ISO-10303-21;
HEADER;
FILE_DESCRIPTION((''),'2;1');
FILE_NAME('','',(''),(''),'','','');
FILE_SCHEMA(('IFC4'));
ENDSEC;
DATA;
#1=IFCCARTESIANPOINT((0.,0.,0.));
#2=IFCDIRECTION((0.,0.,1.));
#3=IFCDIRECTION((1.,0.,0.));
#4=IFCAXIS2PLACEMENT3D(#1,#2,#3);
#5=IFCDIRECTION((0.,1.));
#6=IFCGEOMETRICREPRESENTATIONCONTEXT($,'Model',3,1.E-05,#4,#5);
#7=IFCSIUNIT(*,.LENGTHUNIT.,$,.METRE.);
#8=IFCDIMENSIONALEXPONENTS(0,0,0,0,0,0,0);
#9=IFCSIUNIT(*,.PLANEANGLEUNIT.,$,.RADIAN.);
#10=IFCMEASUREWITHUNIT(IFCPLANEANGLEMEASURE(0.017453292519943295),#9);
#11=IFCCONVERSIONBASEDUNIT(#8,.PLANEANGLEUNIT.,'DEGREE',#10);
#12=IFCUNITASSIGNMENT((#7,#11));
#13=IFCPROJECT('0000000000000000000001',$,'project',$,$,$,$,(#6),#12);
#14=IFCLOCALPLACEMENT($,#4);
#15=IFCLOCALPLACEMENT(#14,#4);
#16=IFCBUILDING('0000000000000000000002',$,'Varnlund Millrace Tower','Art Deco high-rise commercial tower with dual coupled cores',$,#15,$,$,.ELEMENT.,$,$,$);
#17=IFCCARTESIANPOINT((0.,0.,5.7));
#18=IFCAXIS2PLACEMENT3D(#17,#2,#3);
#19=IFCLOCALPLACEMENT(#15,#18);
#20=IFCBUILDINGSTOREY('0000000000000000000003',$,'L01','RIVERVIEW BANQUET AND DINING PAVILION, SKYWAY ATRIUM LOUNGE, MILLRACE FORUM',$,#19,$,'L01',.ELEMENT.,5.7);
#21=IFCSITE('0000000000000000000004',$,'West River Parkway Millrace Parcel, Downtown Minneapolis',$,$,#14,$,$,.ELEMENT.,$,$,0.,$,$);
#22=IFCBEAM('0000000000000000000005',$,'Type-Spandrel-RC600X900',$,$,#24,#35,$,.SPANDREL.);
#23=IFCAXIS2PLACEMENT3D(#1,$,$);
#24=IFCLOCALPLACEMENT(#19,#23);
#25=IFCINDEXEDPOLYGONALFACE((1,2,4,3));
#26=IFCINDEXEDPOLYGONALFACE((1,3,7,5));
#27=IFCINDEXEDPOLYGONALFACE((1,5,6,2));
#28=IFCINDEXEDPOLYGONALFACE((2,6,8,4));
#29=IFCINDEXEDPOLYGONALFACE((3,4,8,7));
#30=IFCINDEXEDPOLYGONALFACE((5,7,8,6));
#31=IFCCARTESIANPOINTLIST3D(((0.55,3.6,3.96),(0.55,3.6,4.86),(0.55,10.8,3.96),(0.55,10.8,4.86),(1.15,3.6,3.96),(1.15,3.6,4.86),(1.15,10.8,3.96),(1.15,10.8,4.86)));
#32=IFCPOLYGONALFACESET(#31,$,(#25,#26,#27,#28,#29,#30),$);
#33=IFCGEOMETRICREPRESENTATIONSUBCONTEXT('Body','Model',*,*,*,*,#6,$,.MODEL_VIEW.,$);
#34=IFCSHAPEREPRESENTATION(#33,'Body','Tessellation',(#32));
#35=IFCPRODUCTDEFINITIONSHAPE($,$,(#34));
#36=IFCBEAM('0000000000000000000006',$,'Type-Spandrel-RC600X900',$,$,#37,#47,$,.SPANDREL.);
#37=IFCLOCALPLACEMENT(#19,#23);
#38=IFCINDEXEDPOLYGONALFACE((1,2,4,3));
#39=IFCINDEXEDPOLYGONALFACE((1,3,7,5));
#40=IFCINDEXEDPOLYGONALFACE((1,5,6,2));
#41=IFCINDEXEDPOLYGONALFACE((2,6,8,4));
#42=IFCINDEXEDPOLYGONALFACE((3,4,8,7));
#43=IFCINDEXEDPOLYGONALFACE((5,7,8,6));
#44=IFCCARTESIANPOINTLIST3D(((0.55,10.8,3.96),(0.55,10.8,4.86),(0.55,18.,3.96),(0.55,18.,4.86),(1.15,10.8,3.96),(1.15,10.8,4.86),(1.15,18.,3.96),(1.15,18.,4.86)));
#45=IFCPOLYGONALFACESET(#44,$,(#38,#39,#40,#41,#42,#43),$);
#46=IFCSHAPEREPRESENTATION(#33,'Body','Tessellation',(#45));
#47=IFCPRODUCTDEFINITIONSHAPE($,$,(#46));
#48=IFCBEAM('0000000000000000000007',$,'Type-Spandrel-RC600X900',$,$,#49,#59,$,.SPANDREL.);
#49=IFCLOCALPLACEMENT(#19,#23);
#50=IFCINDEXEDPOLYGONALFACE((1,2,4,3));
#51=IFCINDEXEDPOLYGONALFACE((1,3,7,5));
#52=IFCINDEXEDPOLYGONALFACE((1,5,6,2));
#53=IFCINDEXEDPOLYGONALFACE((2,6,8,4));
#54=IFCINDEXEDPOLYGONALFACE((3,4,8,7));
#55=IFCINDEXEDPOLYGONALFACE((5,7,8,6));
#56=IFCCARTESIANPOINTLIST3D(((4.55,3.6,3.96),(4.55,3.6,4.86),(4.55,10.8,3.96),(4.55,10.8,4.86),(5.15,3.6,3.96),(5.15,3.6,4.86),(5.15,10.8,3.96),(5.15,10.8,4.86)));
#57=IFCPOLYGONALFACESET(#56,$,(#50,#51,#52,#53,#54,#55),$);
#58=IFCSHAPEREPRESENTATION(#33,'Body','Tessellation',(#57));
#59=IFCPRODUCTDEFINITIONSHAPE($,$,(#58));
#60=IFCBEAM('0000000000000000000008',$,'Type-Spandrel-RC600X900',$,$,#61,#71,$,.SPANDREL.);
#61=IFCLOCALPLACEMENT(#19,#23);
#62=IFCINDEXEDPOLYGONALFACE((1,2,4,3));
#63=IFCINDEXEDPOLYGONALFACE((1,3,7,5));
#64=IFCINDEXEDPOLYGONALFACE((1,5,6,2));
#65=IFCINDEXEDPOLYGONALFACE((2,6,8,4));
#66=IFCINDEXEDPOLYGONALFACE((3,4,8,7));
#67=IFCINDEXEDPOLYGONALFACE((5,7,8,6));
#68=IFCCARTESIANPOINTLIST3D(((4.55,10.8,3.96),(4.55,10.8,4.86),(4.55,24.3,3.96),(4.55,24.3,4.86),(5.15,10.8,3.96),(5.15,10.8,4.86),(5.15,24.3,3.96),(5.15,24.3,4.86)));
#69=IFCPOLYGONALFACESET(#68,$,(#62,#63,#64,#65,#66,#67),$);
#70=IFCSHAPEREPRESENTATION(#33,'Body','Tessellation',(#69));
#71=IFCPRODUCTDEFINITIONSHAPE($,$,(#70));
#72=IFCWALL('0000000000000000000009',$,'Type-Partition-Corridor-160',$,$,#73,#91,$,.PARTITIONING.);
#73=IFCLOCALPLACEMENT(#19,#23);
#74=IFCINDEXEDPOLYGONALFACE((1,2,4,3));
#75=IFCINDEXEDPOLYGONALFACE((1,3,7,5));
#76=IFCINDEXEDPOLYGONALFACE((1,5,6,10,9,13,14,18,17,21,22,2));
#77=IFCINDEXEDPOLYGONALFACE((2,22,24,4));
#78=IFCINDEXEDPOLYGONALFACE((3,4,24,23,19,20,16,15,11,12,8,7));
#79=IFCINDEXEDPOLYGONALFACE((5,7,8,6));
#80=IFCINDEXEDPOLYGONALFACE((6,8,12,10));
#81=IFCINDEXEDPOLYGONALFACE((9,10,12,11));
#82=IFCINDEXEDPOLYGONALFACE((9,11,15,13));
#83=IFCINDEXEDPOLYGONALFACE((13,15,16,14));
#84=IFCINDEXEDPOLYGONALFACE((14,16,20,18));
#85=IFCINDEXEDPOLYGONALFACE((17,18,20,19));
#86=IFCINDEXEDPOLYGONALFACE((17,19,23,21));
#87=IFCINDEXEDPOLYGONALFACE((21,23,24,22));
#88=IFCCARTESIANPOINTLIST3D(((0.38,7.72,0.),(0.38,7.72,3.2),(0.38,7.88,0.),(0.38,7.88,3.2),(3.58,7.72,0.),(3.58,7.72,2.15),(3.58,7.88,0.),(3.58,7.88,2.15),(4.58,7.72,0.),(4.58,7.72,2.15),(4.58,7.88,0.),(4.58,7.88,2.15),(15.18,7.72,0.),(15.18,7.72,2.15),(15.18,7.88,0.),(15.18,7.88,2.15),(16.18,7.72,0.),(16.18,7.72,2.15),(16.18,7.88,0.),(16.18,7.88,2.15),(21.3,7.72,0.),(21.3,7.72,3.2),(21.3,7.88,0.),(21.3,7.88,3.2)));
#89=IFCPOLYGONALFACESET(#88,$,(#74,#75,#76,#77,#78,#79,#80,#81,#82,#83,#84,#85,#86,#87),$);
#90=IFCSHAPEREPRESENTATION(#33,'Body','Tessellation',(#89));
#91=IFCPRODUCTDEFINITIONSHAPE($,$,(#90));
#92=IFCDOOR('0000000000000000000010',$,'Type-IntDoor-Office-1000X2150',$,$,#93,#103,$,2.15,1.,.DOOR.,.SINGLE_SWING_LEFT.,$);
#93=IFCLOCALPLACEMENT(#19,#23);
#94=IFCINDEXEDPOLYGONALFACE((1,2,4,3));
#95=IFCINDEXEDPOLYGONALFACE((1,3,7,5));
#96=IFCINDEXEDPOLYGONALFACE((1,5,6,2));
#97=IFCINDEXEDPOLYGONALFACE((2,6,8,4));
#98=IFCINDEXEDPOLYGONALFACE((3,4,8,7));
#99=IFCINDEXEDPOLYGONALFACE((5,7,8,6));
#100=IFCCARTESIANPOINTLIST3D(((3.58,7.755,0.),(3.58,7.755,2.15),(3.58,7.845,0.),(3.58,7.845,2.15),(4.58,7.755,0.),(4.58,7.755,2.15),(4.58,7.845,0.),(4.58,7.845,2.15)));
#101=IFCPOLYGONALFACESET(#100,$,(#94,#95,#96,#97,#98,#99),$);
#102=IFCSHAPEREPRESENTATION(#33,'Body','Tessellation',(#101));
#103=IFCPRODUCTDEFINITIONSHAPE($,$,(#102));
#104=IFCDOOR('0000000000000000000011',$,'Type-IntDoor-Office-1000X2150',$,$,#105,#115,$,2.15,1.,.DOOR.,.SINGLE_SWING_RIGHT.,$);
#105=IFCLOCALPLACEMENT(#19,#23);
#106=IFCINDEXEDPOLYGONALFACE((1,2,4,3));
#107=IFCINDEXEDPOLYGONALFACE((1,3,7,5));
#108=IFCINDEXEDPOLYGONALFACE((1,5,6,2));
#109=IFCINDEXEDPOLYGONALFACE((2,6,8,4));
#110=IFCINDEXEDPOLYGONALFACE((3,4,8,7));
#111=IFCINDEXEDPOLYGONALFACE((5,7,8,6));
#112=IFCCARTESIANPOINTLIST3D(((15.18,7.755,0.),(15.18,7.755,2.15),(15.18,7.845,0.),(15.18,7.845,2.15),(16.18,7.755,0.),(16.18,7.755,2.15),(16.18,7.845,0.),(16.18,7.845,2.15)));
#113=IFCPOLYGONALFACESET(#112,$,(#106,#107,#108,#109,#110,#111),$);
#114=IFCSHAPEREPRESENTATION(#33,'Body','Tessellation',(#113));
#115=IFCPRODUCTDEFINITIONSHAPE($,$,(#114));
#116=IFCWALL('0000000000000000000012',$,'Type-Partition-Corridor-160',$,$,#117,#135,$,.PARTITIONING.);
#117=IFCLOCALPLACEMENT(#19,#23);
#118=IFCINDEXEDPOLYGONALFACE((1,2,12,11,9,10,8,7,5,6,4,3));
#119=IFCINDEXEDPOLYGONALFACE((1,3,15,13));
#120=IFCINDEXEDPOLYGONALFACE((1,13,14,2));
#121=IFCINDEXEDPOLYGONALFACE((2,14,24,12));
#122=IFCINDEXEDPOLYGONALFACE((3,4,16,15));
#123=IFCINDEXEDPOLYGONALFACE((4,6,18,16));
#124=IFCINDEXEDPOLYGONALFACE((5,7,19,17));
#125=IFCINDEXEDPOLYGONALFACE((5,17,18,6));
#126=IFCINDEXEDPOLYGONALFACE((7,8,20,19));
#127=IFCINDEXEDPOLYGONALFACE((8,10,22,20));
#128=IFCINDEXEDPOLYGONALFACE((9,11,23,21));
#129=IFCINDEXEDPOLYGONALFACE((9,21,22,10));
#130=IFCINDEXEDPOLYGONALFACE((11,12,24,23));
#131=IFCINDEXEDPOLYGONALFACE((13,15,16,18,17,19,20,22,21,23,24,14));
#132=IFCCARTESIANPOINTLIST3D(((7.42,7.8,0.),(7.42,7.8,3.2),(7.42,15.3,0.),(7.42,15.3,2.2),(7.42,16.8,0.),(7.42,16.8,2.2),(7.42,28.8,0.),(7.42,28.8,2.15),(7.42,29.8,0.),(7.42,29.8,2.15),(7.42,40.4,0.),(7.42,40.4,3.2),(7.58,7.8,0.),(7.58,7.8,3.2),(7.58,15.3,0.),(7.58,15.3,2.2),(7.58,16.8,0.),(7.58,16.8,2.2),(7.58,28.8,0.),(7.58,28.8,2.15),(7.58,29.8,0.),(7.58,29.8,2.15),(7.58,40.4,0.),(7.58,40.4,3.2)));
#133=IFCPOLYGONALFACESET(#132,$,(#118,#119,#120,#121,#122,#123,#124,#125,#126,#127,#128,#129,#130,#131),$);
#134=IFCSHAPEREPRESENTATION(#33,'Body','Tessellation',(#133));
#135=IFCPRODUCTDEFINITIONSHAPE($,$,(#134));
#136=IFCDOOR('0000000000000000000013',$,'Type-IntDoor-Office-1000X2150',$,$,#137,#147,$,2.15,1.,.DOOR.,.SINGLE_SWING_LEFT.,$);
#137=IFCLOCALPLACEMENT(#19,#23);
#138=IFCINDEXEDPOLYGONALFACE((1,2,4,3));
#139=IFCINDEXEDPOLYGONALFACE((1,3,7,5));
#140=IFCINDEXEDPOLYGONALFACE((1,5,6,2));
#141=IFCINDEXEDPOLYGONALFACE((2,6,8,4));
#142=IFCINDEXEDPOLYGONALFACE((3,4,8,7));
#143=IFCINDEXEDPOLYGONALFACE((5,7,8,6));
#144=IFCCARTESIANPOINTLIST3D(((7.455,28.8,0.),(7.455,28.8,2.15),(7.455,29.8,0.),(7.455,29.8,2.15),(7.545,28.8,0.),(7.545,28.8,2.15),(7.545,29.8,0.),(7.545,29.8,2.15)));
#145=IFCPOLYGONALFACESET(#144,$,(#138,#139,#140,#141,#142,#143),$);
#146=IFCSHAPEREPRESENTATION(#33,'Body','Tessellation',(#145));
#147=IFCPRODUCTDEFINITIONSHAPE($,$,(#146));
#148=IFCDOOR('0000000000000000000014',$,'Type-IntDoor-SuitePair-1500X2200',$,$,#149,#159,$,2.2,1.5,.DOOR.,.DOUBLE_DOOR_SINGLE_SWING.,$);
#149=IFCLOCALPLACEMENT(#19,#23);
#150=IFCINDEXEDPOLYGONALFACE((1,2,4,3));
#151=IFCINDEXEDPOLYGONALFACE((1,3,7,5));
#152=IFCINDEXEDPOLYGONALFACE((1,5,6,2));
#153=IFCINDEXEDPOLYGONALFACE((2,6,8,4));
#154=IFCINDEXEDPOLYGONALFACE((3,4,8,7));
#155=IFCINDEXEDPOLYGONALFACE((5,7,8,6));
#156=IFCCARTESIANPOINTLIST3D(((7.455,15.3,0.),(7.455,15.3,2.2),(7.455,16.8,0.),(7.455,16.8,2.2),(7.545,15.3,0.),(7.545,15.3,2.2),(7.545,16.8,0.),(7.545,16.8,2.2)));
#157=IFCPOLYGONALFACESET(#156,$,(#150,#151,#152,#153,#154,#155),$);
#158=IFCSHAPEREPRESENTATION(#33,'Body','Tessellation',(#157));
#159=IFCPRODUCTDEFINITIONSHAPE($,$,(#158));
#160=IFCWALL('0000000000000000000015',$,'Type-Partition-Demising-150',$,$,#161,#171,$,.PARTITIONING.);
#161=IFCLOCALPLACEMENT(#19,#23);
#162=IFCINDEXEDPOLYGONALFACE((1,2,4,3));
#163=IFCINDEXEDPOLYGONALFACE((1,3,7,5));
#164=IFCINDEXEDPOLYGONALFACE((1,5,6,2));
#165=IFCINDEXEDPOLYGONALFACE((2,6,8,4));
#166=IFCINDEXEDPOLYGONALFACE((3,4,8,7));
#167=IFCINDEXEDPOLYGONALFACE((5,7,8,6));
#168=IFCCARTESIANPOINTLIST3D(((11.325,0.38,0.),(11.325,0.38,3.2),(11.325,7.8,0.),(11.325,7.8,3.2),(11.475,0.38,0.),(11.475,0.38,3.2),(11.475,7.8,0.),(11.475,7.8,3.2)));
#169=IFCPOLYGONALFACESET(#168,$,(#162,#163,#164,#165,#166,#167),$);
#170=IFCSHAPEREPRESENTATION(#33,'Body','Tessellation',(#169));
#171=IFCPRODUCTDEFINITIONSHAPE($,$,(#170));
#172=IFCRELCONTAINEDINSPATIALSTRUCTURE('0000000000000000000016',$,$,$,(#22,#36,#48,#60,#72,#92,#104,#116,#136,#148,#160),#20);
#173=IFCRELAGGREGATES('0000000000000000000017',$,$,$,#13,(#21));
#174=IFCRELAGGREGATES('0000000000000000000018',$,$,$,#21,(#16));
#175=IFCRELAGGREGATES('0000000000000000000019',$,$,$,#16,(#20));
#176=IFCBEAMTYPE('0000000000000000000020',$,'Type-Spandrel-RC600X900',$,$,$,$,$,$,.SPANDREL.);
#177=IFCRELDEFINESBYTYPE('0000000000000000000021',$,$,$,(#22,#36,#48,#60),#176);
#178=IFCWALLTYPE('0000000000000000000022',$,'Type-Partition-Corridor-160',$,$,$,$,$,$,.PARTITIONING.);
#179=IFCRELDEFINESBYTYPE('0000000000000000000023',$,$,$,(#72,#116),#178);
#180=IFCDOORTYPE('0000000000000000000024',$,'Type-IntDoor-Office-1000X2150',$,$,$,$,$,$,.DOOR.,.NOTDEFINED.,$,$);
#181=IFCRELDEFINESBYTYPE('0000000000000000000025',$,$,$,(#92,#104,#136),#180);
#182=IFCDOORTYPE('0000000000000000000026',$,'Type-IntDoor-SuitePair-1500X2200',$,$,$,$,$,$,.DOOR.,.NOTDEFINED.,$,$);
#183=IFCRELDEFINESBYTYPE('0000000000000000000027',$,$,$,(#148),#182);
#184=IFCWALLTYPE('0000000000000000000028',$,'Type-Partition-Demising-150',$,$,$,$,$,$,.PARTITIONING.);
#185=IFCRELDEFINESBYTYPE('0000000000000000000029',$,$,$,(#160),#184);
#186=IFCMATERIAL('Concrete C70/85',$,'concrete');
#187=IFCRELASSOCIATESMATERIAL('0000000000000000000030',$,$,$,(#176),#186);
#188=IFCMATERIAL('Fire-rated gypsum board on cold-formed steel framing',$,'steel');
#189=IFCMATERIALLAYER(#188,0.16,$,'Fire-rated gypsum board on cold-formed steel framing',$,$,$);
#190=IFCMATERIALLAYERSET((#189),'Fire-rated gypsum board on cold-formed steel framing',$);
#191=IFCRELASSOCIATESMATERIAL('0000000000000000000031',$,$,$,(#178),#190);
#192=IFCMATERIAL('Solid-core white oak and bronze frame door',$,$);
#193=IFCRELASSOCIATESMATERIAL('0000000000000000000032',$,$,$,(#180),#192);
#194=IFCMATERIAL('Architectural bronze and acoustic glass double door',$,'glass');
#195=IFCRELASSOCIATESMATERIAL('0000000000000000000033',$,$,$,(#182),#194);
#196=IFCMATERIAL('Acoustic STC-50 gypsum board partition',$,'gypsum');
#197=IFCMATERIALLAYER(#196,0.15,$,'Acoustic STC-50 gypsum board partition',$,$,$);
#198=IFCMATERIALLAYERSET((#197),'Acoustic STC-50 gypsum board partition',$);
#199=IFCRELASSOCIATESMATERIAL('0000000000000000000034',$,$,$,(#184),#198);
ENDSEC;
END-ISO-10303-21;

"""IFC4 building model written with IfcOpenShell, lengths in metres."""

from ifc_helpers import new_model, entity, si_unit, converted_unit, direction, frame, origin_with_axes, origin_2d_with_axis, place, context, subcontext, project, spatial, polyline, rectangle, outline, extrude, material, layer, layer_set, material_profile, profile_set, type_object, element, fill, save


model = new_model("IFC4")

# Units and contexts
model_context = context("Model", 3, precision=1e-05, world=origin_with_axes(), true_north=direction((0.0, 1.0)))
body_context = subcontext(model_context, "Body", "Model", "MODEL_VIEW")
ifc_project = project(units=[si_unit("LENGTHUNIT", "METRE"), converted_unit("PLANEANGLEUNIT", "DEGREE", entity("IfcPlaneAngleMeasure", 0.017453292519943295), si_unit("PLANEANGLEUNIT", "RADIAN"), dimensions=[0, 0, 0, 0, 0, 0, 0])], contexts=[model_context])

# Site, building, storey
site_placement = place(None, origin_with_axes())
site = spatial("IfcSite", under=ifc_project, at=site_placement, Name="West River Parkway Millrace Parcel, Downtown Minneapolis", CompositionType="ELEMENT", RefElevation=0.0)
building_placement = place(site_placement, origin_with_axes())
building = spatial("IfcBuilding", under=site, at=building_placement, Name="Varnlund Millrace Tower", Description="Art Deco high-rise commercial tower with dual coupled cores", CompositionType="ELEMENT")
storey_placement = place(building_placement, frame((0.0, 0.0, 5.7), z_axis=(0.0, 0.0, 1.0), x_axis=(1.0, 0.0, 0.0)))
storey = spatial("IfcBuildingStorey", under=building, at=storey_placement, Name="L01", Description="RIVERVIEW BANQUET AND DINING PAVILION, SKYWAY ATRIUM LOUNGE, MILLRACE FORUM", LongName="L01", CompositionType="ELEMENT", Elevation=5.7)

# Beams
ifc_material_1 = material(Name="Concrete C70/85", Category="concrete")
ifc_material_profile_1 = material_profile(ifc_material_1, rectangle(XDim=0.6, YDim=0.9, at=origin_2d_with_axis()), Name="Concrete C70/85")
ifc_profile_set_1 = profile_set([ifc_material_profile_1], Name="Concrete C70/85")
beam_type_1 = type_object("IfcBeamType", Name="Type-Spandrel-RC600X900", PredefinedType="SPANDREL", material=ifc_profile_set_1)
for number, where, z_axis, x_axis, name in (
    (1, (0.85, 3.6, 4.41), (0.0, 1.0, 0.0), (-1.0, 0.0, 0.0), "Type-Spandrel-RC600X900"),
    (2, (0.85, 10.8, 4.41), (0.0, 1.0, 0.0), (-1.0, 0.0, 0.0), "Type-Spandrel-RC600X900"),
    (3, (4.85, 3.6, 4.41), (0.0, 1.0, 0.0), (-1.0, 0.0, 0.0), "Type-Spandrel-RC600X900"),
):
    element("IfcBeam", number, at=place(storey_placement, frame(where, z_axis=z_axis, x_axis=x_axis)), inside=storey, type_object=beam_type_1, Name=name, PredefinedType="SPANDREL", context=body_context, shape_type="SweptSolid", body=[
        extrude(rectangle(XDim=0.6, YDim=0.9, at=origin_2d_with_axis()), origin_with_axes(), (0.0, 0.0, 1.0), 7.2),
    ])
beam_1_placement = place(storey_placement, frame((4.85, 10.8, 4.41), z_axis=(0.0, 1.0, 0.0), x_axis=(-1.0, 0.0, 0.0)))
element("IfcBeam", 4, at=beam_1_placement, inside=storey, type_object=beam_type_1, Name="Type-Spandrel-RC600X900", PredefinedType="SPANDREL", context=body_context, shape_type="SweptSolid", body=[
    extrude(rectangle(XDim=0.6, YDim=0.9, at=origin_2d_with_axis()), origin_with_axes(), (0.0, 0.0, 1.0), 13.5),
])

# Walls, openings, doors
ifc_material_2 = material(Name="Fire-rated gypsum board on cold-formed steel framing", Category="steel")
ifc_layer_1 = layer(ifc_material_2, 0.16, Name="Fire-rated gypsum board on cold-formed steel framing")
ifc_layer_set_1 = layer_set([ifc_layer_1], Name="Fire-rated gypsum board on cold-formed steel framing")
wall_type_1 = type_object("IfcWallType", Name="Type-Partition-Corridor-160", PredefinedType="PARTITIONING", material=ifc_layer_set_1)
wall_1_placement = place(storey_placement, frame((0.38, 7.8, 0.0), z_axis=(0.0, 0.0, 1.0), x_axis=(1.0, 0.0, 0.0)))
wall_1 = element("IfcWall", 5, at=wall_1_placement, inside=storey, type_object=wall_type_1, Name="Type-Partition-Corridor-160", PredefinedType="PARTITIONING", context=body_context, shape_type="SweptSolid", body=[
    extrude(outline(polyline([(0.0, -0.08), (20.92, -0.08), (20.92, 0.08), (0.0, 0.08), (0.0, -0.08)])), origin_with_axes(), (0.0, 0.0, 1.0), 3.2),
])
opening_1_placement = place(wall_1_placement, frame((3.7, 0.0, 0.0), z_axis=(0.0, 0.0, 1.0), x_axis=(1.0, 0.0, 0.0)))
opening_1 = element("IfcOpeningElement", 6, at=opening_1_placement, cuts=wall_1, PredefinedType="OPENING", context=body_context, shape_type="SweptSolid", body=[
    extrude(rectangle(XDim=1.0, YDim=0.18, at=origin_2d_with_axis()), origin_with_axes(), (0.0, 0.0, 1.0), 2.15),
])
opening_2_placement = place(wall_1_placement, frame((15.3, 0.0, 0.0), z_axis=(0.0, 0.0, 1.0), x_axis=(1.0, 0.0, 0.0)))
opening_2 = element("IfcOpeningElement", 7, at=opening_2_placement, cuts=wall_1, PredefinedType="OPENING", context=body_context, shape_type="SweptSolid", body=[
    extrude(rectangle(XDim=1.0, YDim=0.18, at=origin_2d_with_axis()), origin_with_axes(), (0.0, 0.0, 1.0), 2.15),
])
ifc_material_3 = material(Name="Solid-core white oak and bronze frame door")
door_type_1 = type_object("IfcDoorType", Name="Type-IntDoor-Office-1000X2150", OperationType="NOTDEFINED", PredefinedType="DOOR", material=ifc_material_3)
door_1_placement = place(wall_1_placement, frame((3.7, 0.0, 0.0), z_axis=(0.0, 0.0, 1.0), x_axis=(1.0, 0.0, 0.0)))
door_1 = element("IfcDoor", 8, at=door_1_placement, inside=storey, type_object=door_type_1, Name="Type-IntDoor-Office-1000X2150", OperationType="SINGLE_SWING_LEFT", OverallHeight=2.15, OverallWidth=1.0, PredefinedType="DOOR", context=body_context, shape_type="SweptSolid", body=[
    extrude(rectangle(XDim=1.0, YDim=0.09, at=origin_2d_with_axis()), origin_with_axes(), (0.0, 0.0, 1.0), 2.15),
])
fill(opening_1, door_1)
door_2_placement = place(wall_1_placement, frame((15.3, 0.0, 0.0), z_axis=(0.0, 0.0, 1.0), x_axis=(1.0, 0.0, 0.0)))
door_2 = element("IfcDoor", 9, at=door_2_placement, inside=storey, type_object=door_type_1, Name="Type-IntDoor-Office-1000X2150", OperationType="SINGLE_SWING_RIGHT", OverallHeight=2.15, OverallWidth=1.0, PredefinedType="DOOR", context=body_context, shape_type="SweptSolid", body=[
    extrude(rectangle(XDim=1.0, YDim=0.09, at=origin_2d_with_axis()), origin_with_axes(), (0.0, 0.0, 1.0), 2.15),
])
fill(opening_2, door_2)
wall_2_placement = place(storey_placement, frame((7.5, 7.8, 0.0), z_axis=(0.0, 0.0, 1.0), x_axis=(0.0, 1.0, 0.0)))
wall_2 = element("IfcWall", 10, at=wall_2_placement, inside=storey, type_object=wall_type_1, Name="Type-Partition-Corridor-160", PredefinedType="PARTITIONING", context=body_context, shape_type="SweptSolid", body=[
    extrude(outline(polyline([(0.0, -0.08), (32.6, -0.08), (32.6, 0.08), (0.0, 0.08), (0.0, -0.08)])), origin_with_axes(), (0.0, 0.0, 1.0), 3.2),
])
opening_3_placement = place(wall_2_placement, frame((8.25, 0.0, 0.0), z_axis=(0.0, 0.0, 1.0), x_axis=(1.0, 0.0, 0.0)))
opening_3 = element("IfcOpeningElement", 11, at=opening_3_placement, cuts=wall_2, PredefinedType="OPENING", context=body_context, shape_type="SweptSolid", body=[
    extrude(rectangle(XDim=1.5, YDim=0.18, at=origin_2d_with_axis()), origin_with_axes(), (0.0, 0.0, 1.0), 2.2),
])
opening_4_placement = place(wall_2_placement, frame((21.5, 0.0, 0.0), z_axis=(0.0, 0.0, 1.0), x_axis=(1.0, 0.0, 0.0)))
opening_4 = element("IfcOpeningElement", 12, at=opening_4_placement, cuts=wall_2, PredefinedType="OPENING", context=body_context, shape_type="SweptSolid", body=[
    extrude(rectangle(XDim=1.0, YDim=0.18, at=origin_2d_with_axis()), origin_with_axes(), (0.0, 0.0, 1.0), 2.15),
])
door_3_placement = place(wall_2_placement, frame((21.5, 0.0, 0.0), z_axis=(0.0, 0.0, 1.0), x_axis=(1.0, 0.0, 0.0)))
door_3 = element("IfcDoor", 13, at=door_3_placement, inside=storey, type_object=door_type_1, Name="Type-IntDoor-Office-1000X2150", OperationType="SINGLE_SWING_LEFT", OverallHeight=2.15, OverallWidth=1.0, PredefinedType="DOOR", context=body_context, shape_type="SweptSolid", body=[
    extrude(rectangle(XDim=1.0, YDim=0.09, at=origin_2d_with_axis()), origin_with_axes(), (0.0, 0.0, 1.0), 2.15),
])
fill(opening_4, door_3)
ifc_material_4 = material(Name="Architectural bronze and acoustic glass double door", Category="glass")
door_type_2 = type_object("IfcDoorType", Name="Type-IntDoor-SuitePair-1500X2200", OperationType="NOTDEFINED", PredefinedType="DOOR", material=ifc_material_4)
door_4_placement = place(wall_2_placement, frame((8.25, 0.0, 0.0), z_axis=(0.0, 0.0, 1.0), x_axis=(1.0, 0.0, 0.0)))
door_4 = element("IfcDoor", 14, at=door_4_placement, inside=storey, type_object=door_type_2, Name="Type-IntDoor-SuitePair-1500X2200", OperationType="DOUBLE_DOOR_SINGLE_SWING", OverallHeight=2.2, OverallWidth=1.5, PredefinedType="DOOR", context=body_context, shape_type="SweptSolid", body=[
    extrude(rectangle(XDim=1.5, YDim=0.09, at=origin_2d_with_axis()), origin_with_axes(), (0.0, 0.0, 1.0), 2.2),
])
fill(opening_3, door_4)

# Wall
ifc_material_5 = material(Name="Acoustic STC-50 gypsum board partition", Category="gypsum")
ifc_layer_2 = layer(ifc_material_5, 0.15, Name="Acoustic STC-50 gypsum board partition")
ifc_layer_set_2 = layer_set([ifc_layer_2], Name="Acoustic STC-50 gypsum board partition")
wall_type_2 = type_object("IfcWallType", Name="Type-Partition-Demising-150", PredefinedType="PARTITIONING", material=ifc_layer_set_2)
wall_3_placement = place(storey_placement, frame((11.4, 0.38, 0.0), z_axis=(0.0, 0.0, 1.0), x_axis=(0.0, 1.0, 0.0)))
element("IfcWall", 15, at=wall_3_placement, inside=storey, type_object=wall_type_2, Name="Type-Partition-Demising-150", PredefinedType="PARTITIONING", context=body_context, shape_type="SweptSolid", body=[
    extrude(outline(polyline([(0.0, -0.075), (7.42, -0.075), (7.42, 0.075), (0.0, 0.075), (0.0, -0.075)])), origin_with_axes(), (0.0, 0.0, 1.0), 3.2),
])

save(model, "model.ifc")
